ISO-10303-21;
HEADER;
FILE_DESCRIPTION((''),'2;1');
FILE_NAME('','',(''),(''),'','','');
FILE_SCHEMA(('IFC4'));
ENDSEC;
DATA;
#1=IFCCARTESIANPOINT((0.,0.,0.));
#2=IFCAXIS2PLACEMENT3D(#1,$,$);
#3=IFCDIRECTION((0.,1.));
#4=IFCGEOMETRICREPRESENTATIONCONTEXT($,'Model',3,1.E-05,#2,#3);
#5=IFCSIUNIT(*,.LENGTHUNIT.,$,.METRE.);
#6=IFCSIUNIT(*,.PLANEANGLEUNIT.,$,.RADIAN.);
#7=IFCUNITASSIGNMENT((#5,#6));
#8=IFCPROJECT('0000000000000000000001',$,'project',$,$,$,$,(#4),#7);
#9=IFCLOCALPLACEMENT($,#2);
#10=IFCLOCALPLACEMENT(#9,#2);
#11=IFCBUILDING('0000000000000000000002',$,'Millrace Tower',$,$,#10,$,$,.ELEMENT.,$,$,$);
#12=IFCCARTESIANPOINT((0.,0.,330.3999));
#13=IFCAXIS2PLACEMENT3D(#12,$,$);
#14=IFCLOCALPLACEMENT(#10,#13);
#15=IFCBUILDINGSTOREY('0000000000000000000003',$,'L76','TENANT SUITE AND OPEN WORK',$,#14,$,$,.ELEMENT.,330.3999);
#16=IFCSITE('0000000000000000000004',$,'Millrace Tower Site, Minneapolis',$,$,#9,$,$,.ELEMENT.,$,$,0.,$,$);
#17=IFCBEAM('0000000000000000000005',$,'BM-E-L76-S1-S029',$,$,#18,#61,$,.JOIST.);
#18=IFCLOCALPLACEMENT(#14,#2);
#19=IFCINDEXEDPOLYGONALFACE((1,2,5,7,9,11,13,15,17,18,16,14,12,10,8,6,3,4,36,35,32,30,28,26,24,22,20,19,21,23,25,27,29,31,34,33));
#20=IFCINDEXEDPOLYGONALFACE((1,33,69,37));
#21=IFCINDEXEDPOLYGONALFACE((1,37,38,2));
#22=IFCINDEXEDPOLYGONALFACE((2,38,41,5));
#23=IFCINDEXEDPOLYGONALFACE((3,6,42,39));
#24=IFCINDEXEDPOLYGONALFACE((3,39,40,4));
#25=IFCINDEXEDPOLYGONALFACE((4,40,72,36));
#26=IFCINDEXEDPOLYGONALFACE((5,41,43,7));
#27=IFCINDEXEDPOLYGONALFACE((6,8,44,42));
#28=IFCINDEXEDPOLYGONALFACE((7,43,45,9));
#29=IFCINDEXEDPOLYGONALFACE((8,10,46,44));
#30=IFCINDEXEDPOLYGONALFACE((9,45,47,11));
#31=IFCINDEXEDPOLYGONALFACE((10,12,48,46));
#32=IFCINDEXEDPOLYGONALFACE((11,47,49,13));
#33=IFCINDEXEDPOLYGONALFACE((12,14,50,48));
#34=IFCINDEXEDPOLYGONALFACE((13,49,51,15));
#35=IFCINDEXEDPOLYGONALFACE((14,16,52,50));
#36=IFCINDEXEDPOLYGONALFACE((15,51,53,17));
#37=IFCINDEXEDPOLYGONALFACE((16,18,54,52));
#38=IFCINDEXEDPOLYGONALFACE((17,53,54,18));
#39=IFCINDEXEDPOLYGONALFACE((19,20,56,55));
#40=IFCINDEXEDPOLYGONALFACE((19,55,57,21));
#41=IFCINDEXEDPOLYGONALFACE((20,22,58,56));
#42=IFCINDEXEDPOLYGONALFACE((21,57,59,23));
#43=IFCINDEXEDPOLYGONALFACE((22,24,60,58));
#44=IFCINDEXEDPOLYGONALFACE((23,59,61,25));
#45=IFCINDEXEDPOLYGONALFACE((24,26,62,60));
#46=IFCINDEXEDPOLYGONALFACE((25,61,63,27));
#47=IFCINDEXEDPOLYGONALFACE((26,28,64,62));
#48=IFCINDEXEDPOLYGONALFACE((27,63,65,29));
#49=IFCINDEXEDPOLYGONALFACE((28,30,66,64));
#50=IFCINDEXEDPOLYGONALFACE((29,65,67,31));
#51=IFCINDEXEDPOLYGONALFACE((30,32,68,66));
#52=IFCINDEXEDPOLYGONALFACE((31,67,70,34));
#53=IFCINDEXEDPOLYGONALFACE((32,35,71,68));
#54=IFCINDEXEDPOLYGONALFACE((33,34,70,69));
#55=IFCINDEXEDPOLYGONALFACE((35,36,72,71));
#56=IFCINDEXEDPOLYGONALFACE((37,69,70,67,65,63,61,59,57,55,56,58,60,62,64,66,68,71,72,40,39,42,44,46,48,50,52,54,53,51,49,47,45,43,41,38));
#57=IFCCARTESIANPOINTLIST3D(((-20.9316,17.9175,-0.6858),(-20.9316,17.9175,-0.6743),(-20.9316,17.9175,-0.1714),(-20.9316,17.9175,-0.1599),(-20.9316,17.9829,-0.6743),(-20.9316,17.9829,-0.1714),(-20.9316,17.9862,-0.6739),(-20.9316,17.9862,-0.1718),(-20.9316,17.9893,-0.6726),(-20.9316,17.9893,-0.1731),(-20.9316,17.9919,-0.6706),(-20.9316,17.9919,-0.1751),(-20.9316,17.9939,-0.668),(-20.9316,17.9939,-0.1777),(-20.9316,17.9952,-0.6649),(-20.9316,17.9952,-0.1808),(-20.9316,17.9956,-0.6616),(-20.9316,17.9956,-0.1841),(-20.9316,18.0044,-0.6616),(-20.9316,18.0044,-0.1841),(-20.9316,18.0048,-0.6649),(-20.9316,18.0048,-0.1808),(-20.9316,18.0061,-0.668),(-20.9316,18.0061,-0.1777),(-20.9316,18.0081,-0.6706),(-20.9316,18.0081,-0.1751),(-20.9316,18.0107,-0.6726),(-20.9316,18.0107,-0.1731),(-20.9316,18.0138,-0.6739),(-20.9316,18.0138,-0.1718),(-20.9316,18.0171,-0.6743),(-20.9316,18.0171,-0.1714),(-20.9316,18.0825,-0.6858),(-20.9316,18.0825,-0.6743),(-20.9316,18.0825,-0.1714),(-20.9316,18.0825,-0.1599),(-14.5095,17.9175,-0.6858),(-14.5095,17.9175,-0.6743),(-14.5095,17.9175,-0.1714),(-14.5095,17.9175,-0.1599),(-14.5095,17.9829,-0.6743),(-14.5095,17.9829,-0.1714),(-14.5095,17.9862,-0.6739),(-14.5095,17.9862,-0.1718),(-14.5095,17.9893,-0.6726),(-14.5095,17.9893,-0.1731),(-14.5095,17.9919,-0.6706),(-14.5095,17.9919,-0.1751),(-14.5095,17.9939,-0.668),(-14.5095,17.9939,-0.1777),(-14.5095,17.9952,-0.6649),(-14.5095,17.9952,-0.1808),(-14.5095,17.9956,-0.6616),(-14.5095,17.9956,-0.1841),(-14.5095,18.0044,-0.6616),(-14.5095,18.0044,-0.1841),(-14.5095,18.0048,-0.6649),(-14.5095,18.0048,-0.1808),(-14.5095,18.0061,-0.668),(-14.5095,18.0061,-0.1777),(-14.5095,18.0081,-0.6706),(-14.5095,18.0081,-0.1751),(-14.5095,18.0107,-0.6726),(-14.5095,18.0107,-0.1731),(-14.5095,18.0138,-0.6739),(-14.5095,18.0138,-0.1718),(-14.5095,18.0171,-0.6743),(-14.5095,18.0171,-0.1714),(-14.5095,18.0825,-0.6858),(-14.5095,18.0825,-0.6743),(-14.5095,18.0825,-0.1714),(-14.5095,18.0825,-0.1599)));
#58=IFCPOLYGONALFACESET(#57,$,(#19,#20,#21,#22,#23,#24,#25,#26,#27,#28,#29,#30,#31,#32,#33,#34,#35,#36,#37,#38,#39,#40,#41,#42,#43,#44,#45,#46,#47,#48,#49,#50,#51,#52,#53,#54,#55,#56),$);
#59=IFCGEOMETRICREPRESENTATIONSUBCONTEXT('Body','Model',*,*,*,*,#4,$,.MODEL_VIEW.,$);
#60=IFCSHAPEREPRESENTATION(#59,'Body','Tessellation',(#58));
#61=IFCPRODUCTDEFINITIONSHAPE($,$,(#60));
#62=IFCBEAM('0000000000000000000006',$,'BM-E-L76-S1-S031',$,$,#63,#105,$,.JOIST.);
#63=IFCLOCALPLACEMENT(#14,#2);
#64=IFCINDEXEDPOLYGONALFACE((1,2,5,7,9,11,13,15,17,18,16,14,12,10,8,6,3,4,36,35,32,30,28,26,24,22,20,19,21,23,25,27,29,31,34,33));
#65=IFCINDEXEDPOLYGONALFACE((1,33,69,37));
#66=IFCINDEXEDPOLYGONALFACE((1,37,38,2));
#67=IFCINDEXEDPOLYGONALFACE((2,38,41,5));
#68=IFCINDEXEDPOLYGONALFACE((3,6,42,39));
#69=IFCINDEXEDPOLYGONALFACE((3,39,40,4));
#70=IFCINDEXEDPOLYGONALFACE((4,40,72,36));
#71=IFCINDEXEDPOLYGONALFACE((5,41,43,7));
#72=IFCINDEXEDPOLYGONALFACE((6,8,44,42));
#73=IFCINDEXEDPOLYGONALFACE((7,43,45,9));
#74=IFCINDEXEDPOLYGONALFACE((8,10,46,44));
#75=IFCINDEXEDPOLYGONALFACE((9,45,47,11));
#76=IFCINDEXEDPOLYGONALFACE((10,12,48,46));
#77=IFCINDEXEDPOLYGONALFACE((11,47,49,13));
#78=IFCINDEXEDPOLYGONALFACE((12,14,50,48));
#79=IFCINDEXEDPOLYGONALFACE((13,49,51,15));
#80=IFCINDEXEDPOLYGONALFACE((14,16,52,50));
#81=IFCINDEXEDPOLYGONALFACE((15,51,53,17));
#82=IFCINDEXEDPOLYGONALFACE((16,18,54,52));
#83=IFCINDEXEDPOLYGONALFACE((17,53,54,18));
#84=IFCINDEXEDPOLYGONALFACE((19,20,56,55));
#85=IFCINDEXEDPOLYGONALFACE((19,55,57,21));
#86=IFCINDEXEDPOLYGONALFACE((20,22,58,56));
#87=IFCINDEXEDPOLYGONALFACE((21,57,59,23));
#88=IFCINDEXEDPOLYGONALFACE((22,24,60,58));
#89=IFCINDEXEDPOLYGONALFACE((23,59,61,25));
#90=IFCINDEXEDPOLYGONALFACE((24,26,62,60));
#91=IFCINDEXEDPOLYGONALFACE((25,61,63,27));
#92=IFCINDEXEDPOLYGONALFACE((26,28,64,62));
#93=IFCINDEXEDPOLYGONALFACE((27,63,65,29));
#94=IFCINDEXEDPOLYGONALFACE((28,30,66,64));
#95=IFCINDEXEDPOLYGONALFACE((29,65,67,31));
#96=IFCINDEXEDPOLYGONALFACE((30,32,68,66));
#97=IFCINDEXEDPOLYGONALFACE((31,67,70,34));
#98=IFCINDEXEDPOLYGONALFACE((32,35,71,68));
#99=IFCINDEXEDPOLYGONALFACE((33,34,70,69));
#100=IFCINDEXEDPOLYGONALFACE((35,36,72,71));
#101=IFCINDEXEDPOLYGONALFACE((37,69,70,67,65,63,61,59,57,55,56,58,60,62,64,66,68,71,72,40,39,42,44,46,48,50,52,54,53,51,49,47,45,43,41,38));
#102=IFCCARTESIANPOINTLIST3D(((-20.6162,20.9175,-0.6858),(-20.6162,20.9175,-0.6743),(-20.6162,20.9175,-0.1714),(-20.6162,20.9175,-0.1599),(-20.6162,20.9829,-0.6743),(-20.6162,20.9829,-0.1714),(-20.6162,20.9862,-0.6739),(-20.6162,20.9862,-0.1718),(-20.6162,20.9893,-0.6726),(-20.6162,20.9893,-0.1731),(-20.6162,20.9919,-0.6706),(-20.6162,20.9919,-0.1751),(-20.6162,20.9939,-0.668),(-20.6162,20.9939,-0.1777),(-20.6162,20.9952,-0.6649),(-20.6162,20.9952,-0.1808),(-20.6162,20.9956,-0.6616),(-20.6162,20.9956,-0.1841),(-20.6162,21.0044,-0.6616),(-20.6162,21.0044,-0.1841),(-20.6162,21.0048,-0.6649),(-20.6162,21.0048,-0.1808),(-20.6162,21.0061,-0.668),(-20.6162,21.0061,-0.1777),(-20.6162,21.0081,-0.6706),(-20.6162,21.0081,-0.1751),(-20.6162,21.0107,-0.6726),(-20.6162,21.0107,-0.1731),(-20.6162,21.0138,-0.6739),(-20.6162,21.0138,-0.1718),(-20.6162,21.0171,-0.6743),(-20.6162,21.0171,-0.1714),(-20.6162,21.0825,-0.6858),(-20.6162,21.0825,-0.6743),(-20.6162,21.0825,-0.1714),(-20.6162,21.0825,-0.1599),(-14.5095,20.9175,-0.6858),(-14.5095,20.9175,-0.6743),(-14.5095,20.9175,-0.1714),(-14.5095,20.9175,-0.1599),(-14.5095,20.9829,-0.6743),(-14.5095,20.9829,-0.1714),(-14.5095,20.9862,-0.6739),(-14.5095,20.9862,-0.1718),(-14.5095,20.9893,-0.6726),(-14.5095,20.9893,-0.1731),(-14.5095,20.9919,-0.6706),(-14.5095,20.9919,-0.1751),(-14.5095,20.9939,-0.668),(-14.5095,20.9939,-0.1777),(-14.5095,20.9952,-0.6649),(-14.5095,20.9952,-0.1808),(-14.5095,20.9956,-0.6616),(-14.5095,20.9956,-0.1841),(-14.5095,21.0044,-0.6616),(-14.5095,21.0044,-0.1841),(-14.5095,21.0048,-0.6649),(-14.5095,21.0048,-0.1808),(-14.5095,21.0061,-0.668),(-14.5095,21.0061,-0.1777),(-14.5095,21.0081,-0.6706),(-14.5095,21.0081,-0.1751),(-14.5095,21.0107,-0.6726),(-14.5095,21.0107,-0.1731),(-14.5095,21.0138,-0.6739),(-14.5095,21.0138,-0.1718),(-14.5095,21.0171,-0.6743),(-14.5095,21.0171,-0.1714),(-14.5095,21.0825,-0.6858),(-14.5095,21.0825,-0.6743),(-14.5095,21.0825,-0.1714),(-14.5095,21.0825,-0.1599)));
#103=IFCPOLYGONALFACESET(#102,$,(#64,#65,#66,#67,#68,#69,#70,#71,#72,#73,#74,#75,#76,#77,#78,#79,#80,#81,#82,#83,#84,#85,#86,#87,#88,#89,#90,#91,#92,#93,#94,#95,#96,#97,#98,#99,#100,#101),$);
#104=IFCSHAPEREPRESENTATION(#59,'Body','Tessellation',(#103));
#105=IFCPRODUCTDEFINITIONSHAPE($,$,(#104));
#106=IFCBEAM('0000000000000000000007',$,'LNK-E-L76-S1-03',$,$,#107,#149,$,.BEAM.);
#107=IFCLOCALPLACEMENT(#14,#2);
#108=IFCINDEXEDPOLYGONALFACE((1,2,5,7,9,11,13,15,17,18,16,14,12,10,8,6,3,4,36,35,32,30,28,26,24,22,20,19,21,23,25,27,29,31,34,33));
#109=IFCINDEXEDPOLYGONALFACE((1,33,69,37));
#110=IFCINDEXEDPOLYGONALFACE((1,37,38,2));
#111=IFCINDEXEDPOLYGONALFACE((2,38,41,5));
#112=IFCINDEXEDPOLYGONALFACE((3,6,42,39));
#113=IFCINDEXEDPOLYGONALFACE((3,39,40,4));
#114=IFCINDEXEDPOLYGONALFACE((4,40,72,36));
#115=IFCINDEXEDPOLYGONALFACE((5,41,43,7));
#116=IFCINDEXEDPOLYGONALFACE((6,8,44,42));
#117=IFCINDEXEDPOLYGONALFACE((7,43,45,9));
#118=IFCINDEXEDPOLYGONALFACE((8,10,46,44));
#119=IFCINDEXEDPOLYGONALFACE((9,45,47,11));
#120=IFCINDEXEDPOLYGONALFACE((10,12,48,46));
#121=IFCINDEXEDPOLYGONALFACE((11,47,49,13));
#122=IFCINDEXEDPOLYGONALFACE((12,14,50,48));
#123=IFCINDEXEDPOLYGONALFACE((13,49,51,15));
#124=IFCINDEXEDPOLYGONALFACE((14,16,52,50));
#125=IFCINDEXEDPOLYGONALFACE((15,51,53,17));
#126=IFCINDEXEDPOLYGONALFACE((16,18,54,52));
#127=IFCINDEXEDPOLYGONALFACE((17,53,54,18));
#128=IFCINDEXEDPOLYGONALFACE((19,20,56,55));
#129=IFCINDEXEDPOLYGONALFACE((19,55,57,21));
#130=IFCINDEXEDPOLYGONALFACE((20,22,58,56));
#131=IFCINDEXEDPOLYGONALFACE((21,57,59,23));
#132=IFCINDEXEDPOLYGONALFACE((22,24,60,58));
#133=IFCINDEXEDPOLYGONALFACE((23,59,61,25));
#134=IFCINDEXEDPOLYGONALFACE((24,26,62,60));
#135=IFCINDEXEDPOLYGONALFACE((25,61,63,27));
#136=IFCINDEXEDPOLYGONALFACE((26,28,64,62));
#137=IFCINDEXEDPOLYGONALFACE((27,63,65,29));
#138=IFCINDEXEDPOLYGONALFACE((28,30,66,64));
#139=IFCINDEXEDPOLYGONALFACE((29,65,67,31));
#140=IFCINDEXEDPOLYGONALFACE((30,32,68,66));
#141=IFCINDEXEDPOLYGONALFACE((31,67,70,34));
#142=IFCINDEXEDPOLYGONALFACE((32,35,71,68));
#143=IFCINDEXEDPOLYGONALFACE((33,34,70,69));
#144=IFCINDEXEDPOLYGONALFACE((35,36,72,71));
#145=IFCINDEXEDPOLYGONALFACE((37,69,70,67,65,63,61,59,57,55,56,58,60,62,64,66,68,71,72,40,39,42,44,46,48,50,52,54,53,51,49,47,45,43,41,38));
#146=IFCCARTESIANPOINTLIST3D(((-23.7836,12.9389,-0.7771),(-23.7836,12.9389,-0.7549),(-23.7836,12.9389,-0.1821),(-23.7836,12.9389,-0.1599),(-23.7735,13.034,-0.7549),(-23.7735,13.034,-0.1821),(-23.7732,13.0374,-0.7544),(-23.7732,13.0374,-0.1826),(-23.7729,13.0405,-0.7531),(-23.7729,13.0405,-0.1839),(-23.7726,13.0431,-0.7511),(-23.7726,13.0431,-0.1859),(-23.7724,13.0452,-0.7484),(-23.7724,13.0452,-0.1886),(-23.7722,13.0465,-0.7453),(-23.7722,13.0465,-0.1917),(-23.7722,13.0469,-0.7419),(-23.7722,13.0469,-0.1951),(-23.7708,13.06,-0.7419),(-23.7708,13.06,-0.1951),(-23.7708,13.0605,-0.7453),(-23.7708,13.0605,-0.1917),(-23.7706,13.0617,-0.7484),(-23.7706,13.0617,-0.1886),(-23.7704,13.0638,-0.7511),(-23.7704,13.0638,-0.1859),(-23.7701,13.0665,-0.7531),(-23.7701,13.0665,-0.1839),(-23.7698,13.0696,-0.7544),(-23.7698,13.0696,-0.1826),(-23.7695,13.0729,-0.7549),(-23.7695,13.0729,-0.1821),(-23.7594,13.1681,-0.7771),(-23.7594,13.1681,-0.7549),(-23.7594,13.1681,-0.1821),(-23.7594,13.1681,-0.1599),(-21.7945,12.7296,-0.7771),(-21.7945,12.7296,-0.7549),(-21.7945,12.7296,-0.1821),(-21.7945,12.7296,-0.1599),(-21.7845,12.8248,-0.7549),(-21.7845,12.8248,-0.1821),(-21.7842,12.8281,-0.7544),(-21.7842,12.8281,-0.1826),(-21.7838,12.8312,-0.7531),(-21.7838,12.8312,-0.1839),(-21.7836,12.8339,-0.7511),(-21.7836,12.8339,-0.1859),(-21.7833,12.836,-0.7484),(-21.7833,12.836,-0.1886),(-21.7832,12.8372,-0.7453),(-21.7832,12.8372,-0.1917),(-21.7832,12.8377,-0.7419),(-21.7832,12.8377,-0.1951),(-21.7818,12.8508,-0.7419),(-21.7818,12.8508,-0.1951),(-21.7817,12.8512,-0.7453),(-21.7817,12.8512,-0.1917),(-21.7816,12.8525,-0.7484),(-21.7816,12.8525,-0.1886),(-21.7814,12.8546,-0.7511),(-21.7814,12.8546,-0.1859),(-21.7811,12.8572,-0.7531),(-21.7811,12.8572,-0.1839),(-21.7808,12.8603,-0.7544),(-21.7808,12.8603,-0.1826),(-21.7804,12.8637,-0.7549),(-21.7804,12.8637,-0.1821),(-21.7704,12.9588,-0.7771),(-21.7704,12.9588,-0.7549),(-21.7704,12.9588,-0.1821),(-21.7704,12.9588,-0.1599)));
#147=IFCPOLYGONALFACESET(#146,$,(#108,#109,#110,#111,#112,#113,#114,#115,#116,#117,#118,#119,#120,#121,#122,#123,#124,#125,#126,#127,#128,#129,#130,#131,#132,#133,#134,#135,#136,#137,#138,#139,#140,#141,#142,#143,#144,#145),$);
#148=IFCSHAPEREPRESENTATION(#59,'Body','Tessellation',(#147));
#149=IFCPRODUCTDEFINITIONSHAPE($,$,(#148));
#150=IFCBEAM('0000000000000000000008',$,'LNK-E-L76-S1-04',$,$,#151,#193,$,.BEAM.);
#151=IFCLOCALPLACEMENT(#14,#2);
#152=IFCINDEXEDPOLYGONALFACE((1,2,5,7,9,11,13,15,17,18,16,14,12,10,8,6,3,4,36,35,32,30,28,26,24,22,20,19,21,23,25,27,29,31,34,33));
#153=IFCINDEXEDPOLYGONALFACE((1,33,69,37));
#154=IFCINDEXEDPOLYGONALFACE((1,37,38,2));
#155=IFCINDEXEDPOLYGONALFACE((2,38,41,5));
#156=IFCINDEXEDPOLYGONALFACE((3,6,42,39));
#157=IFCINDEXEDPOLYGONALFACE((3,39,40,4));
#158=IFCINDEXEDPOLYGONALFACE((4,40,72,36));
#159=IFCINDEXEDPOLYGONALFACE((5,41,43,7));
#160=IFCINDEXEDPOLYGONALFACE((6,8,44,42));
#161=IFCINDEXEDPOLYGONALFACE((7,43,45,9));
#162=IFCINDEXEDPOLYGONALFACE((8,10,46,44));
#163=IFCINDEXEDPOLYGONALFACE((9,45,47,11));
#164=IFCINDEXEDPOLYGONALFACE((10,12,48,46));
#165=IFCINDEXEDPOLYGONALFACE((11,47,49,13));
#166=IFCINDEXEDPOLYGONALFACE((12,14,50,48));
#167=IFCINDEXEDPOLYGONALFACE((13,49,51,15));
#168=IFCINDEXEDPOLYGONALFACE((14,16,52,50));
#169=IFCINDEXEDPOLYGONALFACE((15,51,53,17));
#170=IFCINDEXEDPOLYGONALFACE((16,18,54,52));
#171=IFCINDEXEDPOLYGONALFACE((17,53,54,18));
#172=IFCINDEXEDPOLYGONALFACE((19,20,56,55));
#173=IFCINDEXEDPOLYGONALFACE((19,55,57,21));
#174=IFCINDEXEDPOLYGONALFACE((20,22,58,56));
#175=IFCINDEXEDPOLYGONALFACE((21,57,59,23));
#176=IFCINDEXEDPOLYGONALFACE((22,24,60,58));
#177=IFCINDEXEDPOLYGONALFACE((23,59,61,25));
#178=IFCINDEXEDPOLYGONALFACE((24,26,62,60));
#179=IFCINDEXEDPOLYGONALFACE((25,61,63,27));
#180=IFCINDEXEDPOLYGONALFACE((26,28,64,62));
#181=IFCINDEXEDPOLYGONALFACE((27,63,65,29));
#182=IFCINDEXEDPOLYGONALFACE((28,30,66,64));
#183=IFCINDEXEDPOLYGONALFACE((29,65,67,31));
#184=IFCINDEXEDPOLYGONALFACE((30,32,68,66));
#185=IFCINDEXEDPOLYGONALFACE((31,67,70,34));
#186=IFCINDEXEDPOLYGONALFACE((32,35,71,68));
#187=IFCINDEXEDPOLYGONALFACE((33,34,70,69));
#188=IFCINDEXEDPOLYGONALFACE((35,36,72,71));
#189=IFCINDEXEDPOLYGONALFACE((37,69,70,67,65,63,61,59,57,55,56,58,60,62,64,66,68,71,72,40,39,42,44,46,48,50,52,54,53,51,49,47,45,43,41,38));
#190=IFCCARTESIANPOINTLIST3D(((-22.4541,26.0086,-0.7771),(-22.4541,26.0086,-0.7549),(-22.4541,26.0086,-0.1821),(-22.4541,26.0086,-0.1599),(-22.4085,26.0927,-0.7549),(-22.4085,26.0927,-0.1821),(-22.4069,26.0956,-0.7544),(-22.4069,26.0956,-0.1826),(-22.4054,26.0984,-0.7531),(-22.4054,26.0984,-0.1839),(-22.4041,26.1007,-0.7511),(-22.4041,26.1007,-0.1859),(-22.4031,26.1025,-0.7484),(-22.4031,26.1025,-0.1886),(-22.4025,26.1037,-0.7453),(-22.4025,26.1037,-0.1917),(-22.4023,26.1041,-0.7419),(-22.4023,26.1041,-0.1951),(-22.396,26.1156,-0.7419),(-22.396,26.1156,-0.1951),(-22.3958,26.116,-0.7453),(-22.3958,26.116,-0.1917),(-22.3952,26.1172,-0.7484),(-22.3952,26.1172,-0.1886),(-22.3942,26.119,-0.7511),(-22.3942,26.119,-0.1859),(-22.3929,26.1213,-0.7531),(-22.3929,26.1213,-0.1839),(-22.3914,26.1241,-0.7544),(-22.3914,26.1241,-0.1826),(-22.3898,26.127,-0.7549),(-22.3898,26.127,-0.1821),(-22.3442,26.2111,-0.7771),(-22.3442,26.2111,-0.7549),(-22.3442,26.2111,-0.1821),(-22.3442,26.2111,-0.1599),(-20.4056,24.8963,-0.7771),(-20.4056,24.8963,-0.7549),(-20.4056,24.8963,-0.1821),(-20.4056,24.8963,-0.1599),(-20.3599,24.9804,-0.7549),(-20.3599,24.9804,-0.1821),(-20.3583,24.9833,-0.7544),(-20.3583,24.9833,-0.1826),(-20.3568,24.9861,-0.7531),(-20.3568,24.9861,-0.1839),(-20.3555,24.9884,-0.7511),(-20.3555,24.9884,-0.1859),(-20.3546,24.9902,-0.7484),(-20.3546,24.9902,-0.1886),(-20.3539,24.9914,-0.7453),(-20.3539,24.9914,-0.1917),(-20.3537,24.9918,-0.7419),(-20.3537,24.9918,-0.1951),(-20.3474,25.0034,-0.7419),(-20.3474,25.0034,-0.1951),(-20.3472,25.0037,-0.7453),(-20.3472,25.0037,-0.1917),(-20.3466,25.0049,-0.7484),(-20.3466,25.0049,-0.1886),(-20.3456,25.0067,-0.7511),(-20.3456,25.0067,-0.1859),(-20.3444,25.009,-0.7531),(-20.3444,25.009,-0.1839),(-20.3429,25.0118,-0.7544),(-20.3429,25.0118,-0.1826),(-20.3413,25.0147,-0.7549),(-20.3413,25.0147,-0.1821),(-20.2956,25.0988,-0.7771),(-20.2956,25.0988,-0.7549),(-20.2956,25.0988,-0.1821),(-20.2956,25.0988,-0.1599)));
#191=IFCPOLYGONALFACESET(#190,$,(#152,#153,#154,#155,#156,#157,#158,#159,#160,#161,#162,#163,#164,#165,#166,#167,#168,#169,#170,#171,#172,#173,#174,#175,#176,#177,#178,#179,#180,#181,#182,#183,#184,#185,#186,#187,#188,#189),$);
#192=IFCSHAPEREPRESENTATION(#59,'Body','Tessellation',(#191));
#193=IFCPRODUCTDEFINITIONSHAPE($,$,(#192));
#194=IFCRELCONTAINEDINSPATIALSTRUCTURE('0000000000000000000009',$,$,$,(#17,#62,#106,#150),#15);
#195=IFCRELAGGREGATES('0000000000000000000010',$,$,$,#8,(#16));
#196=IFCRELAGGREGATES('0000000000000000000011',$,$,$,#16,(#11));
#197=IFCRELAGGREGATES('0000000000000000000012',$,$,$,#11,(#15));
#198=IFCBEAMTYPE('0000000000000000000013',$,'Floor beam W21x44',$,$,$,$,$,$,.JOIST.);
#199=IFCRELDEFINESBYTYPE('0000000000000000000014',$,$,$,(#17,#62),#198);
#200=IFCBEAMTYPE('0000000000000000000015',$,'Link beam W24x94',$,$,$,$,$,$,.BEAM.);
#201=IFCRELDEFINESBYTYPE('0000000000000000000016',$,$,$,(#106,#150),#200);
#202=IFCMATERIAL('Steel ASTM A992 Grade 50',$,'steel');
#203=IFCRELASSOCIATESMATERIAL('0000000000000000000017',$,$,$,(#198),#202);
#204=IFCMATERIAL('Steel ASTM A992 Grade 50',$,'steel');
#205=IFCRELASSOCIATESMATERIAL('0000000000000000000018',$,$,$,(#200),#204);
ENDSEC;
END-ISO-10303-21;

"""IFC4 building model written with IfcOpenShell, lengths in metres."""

from ifc_helpers import new_model, si_unit, direction, frame, origin, origin_2d, place, context, subcontext, project, spatial, i_section, extrude, material, material_profile, profile_set, type_object, element, save


model = new_model("IFC4")

# Units and contexts
model_context = context("Model", 3, precision=1e-05, world=origin(), true_north=direction((0.0, 1.0)))
body_context = subcontext(model_context, "Body", "Model", "MODEL_VIEW")
ifc_project = project(units=[si_unit("LENGTHUNIT", "METRE"), si_unit("PLANEANGLEUNIT", "RADIAN")], contexts=[model_context])

# Site, building, storey
site_placement = place(None, origin())
site = spatial("IfcSite", under=ifc_project, at=site_placement, Name="Millrace Tower Site, Minneapolis", CompositionType="ELEMENT", RefElevation=0.0)
building_placement = place(site_placement, origin())
building = spatial("IfcBuilding", under=site, at=building_placement, Name="Millrace Tower", CompositionType="ELEMENT")
storey_placement = place(building_placement, frame((0.0, 0.0, 330.3999)))
storey = spatial("IfcBuildingStorey", under=building, at=storey_placement, Name="L76", Description="TENANT SUITE AND OPEN WORK", CompositionType="ELEMENT", Elevation=330.3999)

# Beams
ifc_material_1 = material(Name="Steel ASTM A992 Grade 50", Category="steel")
ifc_material_profile_1 = material_profile(ifc_material_1, i_section(OverallWidth=0.165, OverallDepth=0.5259, WebThickness=0.0088, FlangeThickness=0.0115, FilletRadius=0.0127, at=origin_2d()))
ifc_profile_set_1 = profile_set([ifc_material_profile_1], Name="Steel ASTM A992 Grade 50")
beam_type_1 = type_object("IfcBeamType", Name="Floor beam W21x44", PredefinedType="JOIST", material=ifc_profile_set_1)
beam_1_placement = place(storey_placement, frame((-20.9316, 18.0, -0.4229), z_axis=(1.0, 0.0, 0.0), x_axis=(0.0, 1.0, 0.0)))
element("IfcBeam", 1, at=beam_1_placement, inside=storey, type_object=beam_type_1, Name="BM-E-L76-S1-S029", PredefinedType="JOIST", context=body_context, shape_type="SweptSolid", body=[
    extrude(i_section(OverallWidth=0.165, OverallDepth=0.5259, WebThickness=0.0088, FlangeThickness=0.0115, FilletRadius=0.0127, at=origin_2d()), origin(), (0.0, 0.0, 1.0), 6.4221),
])
beam_2_placement = place(storey_placement, frame((-20.6162, 21.0, -0.4229), z_axis=(1.0, 0.0, 0.0), x_axis=(0.0, 1.0, 0.0)))
element("IfcBeam", 2, at=beam_2_placement, inside=storey, type_object=beam_type_1, Name="BM-E-L76-S1-S031", PredefinedType="JOIST", context=body_context, shape_type="SweptSolid", body=[
    extrude(i_section(OverallWidth=0.165, OverallDepth=0.5259, WebThickness=0.0088, FlangeThickness=0.0115, FilletRadius=0.0127, at=origin_2d()), origin(), (0.0, 0.0, 1.0), 6.1067),
])
ifc_material_2 = material(Name="Steel ASTM A992 Grade 50", Category="steel")
ifc_material_profile_2 = material_profile(ifc_material_2, i_section(OverallWidth=0.2305, OverallDepth=0.6172, WebThickness=0.0132, FlangeThickness=0.0222, FilletRadius=0.0129, at=origin_2d()))
ifc_profile_set_2 = profile_set([ifc_material_profile_2], Name="Steel ASTM A992 Grade 50")
beam_type_2 = type_object("IfcBeamType", Name="Link beam W24x94", PredefinedType="BEAM", material=ifc_profile_set_2)
beam_3_placement = place(storey_placement, frame((-21.7825, 12.8442, -0.4685), z_axis=(-0.994513, 0.104615, 0.0), x_axis=(-0.104615, -0.994513, 0.0)))
element("IfcBeam", 3, at=beam_3_placement, inside=storey, type_object=beam_type_2, Name="LNK-E-L76-S1-03", PredefinedType="BEAM", context=body_context, shape_type="SweptSolid", body=[
    extrude(i_section(OverallWidth=0.2305, OverallDepth=0.6172, WebThickness=0.0132, FlangeThickness=0.0222, FilletRadius=0.0129, at=origin_2d()), origin(), (0.0, 0.0, 1.0), 2.0),
])
beam_4_placement = place(storey_placement, frame((-20.3506, 24.9976, -0.4685), z_axis=(-0.878815, 0.477164, 0.0), x_axis=(-0.477164, -0.878815, 0.0)))
element("IfcBeam", 4, at=beam_4_placement, inside=storey, type_object=beam_type_2, Name="LNK-E-L76-S1-04", PredefinedType="BEAM", context=body_context, shape_type="SweptSolid", body=[
    extrude(i_section(OverallWidth=0.2305, OverallDepth=0.6172, WebThickness=0.0132, FlangeThickness=0.0222, FilletRadius=0.0129, at=origin_2d()), origin(), (0.0, 0.0, 1.0), 2.3311),
])

save(model, "model.ifc")
